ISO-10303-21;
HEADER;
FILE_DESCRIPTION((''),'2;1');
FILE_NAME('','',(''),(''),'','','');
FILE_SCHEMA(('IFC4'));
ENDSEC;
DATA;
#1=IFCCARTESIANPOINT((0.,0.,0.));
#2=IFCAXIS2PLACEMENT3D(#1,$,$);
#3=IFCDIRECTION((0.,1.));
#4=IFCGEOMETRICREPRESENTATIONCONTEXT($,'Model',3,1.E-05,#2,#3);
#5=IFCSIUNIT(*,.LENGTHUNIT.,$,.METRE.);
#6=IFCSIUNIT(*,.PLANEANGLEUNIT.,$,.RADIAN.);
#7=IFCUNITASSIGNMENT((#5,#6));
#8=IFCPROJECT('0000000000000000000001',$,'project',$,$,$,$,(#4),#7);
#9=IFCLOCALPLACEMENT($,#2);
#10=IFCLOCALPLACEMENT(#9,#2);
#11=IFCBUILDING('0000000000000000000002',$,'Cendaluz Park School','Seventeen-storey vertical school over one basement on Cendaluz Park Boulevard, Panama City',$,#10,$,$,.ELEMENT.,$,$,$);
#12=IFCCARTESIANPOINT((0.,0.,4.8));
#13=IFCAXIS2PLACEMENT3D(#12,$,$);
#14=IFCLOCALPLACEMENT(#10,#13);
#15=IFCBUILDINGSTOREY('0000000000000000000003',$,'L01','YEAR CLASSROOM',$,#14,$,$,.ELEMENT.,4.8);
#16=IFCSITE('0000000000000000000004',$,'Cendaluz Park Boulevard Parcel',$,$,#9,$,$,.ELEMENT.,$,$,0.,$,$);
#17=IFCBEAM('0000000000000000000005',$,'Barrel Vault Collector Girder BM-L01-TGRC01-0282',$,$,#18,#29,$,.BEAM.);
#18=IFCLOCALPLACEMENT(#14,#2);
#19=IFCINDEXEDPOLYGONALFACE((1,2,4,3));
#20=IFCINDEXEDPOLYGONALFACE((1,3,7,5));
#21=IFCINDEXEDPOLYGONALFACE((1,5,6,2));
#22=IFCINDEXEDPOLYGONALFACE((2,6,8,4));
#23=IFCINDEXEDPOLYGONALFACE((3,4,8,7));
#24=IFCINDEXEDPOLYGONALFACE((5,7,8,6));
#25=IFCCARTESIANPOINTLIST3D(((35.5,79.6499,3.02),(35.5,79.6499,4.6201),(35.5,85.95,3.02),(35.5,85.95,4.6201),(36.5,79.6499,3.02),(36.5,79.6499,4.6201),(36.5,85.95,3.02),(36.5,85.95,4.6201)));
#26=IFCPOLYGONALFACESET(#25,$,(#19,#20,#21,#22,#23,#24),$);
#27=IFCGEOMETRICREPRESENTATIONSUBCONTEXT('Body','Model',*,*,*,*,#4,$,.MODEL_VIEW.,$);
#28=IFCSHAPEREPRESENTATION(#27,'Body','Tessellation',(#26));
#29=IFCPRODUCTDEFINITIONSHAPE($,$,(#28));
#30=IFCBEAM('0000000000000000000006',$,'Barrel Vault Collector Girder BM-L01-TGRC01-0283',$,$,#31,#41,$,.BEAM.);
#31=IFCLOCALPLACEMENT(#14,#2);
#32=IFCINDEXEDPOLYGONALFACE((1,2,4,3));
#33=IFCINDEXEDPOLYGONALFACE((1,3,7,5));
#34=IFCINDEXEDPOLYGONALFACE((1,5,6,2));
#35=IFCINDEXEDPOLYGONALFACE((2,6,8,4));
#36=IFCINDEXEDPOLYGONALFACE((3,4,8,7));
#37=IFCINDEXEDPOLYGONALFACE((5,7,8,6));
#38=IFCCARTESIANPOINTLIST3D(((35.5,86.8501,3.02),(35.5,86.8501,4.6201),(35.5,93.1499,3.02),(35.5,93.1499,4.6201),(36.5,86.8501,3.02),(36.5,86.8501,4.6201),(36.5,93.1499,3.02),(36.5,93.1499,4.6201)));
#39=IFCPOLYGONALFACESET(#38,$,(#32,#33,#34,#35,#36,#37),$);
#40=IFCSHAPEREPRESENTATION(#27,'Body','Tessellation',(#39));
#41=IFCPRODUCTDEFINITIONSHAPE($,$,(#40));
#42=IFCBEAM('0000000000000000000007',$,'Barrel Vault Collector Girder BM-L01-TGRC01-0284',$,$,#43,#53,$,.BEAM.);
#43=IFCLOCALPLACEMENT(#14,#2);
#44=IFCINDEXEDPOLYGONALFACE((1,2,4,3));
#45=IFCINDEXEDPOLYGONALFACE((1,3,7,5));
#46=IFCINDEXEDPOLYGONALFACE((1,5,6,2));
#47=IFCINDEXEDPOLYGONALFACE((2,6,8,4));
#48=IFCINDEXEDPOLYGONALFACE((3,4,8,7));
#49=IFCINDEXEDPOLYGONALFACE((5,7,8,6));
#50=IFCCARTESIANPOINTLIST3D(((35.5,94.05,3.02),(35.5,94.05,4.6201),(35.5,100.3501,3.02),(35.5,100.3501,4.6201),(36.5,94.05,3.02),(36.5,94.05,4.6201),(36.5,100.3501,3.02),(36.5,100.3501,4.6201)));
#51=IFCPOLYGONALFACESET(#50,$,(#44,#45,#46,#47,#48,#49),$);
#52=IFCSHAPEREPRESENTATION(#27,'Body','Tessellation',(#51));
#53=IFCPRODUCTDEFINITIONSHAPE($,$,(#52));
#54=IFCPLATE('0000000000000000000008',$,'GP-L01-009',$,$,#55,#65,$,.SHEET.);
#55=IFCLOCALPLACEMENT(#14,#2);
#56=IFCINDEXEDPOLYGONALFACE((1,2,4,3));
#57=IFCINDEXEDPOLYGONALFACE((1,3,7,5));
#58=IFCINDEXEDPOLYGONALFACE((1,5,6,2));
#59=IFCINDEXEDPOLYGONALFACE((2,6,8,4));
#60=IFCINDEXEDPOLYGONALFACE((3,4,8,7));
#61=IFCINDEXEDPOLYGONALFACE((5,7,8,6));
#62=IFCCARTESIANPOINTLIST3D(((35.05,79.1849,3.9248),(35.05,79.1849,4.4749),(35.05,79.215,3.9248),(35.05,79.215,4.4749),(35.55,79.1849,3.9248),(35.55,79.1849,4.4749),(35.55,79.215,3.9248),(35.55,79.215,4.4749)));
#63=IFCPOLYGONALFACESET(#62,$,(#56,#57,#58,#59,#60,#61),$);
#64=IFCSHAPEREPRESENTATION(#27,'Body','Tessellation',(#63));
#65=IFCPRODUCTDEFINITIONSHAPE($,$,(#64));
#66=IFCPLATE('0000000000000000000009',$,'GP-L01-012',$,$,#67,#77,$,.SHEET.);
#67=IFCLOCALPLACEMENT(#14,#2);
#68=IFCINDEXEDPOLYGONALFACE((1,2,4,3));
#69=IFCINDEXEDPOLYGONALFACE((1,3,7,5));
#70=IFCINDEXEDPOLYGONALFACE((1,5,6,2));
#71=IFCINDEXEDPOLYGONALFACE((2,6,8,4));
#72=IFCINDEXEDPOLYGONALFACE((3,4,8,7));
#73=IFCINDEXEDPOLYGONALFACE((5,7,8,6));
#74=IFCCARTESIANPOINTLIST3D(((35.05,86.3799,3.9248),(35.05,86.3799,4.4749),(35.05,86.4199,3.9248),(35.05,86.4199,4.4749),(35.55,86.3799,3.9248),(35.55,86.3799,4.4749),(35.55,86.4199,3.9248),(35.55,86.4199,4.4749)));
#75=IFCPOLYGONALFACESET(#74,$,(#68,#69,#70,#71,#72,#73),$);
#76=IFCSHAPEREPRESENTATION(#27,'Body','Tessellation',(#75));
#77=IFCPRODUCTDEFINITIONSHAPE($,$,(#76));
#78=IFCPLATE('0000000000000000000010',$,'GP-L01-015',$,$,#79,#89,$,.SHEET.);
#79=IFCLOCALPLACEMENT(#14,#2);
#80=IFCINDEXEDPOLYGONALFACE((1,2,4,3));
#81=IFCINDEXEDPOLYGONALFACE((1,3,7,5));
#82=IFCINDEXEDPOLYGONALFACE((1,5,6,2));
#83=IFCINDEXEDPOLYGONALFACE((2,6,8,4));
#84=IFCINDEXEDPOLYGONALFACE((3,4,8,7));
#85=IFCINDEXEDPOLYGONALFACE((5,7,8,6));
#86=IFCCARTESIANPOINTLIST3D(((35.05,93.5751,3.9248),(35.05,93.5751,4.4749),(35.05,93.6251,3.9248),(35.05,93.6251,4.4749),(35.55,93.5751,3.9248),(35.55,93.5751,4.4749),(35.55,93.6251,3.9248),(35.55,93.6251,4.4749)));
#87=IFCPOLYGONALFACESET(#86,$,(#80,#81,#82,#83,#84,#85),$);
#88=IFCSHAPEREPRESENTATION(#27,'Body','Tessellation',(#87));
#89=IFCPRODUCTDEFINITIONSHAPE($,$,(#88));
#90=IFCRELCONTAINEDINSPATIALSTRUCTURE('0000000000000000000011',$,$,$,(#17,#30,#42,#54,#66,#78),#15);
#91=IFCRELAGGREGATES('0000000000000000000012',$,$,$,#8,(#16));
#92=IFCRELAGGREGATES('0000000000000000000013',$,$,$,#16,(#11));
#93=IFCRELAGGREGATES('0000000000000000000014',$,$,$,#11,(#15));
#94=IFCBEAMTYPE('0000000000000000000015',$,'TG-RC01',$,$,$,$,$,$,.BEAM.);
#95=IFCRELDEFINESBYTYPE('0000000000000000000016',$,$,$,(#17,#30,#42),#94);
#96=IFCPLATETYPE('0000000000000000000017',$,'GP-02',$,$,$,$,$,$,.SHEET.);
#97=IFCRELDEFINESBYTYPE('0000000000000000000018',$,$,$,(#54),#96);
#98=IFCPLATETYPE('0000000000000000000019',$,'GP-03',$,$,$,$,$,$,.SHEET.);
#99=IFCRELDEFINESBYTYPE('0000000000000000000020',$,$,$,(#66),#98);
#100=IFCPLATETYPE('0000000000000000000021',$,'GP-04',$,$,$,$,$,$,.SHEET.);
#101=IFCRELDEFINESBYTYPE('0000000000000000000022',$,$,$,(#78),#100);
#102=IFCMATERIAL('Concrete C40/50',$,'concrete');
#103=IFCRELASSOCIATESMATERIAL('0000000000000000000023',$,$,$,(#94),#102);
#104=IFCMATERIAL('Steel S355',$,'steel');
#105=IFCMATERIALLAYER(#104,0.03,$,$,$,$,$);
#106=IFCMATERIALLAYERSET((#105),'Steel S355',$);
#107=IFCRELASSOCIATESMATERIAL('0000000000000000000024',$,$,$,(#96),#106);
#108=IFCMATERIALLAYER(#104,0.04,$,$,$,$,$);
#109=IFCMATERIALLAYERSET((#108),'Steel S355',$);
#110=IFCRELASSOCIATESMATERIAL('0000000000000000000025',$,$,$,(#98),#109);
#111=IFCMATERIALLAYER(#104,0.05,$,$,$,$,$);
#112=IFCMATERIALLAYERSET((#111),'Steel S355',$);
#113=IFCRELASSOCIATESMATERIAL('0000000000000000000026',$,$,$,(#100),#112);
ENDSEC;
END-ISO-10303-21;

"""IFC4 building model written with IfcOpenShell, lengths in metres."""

from ifc_helpers import new_model, si_unit, direction, frame, origin, origin_2d, place, context, subcontext, project, spatial, rectangle, extrude, material, layer, layer_set, material_profile, profile_set, type_object, element, save


model = new_model("IFC4")

# Units and contexts
model_context = context("Model", 3, precision=1e-05, world=origin(), true_north=direction((0.0, 1.0)))
body_context = subcontext(model_context, "Body", "Model", "MODEL_VIEW")
ifc_project = project(units=[si_unit("LENGTHUNIT", "METRE"), si_unit("PLANEANGLEUNIT", "RADIAN")], contexts=[model_context])

# Site, building, storey
site_placement = place(None, origin())
site = spatial("IfcSite", under=ifc_project, at=site_placement, Name="Cendaluz Park Boulevard Parcel", CompositionType="ELEMENT", RefElevation=0.0)
building_placement = place(site_placement, origin())
building = spatial("IfcBuilding", under=site, at=building_placement, Name="Cendaluz Park School", Description="Seventeen-storey vertical school over one basement on Cendaluz Park Boulevard, Panama City", CompositionType="ELEMENT")
storey_placement = place(building_placement, frame((0.0, 0.0, 4.8)))
storey = spatial("IfcBuildingStorey", under=building, at=storey_placement, Name="L01", Description="YEAR CLASSROOM", CompositionType="ELEMENT", Elevation=4.8)

# Shared definitions
ifc_material_1 = material(Name="Concrete C40/50", Category="concrete")

# Shared definitions
ifc_material_2 = material(Name="Steel S355", Category="steel")

# Beams
ifc_material_profile_1 = material_profile(ifc_material_1, rectangle(XDim=1.0, YDim=1.6001, at=origin_2d()), Name="RC 1000x1600", Category="concrete")
ifc_profile_set_1 = profile_set([ifc_material_profile_1], Name="Concrete C40/50")
beam_type_1 = type_object("IfcBeamType", Name="TG-RC01", PredefinedType="BEAM", material=ifc_profile_set_1)
for number, where, z_axis, x_axis, name in (
    (1, (36.0, 79.6499, 3.8201), (0.0, 1.0, 0.0), (-1.0, 0.0, 0.0), "Barrel Vault Collector Girder BM-L01-TGRC01-0282"),
):
    element("IfcBeam", number, at=place(storey_placement, frame(where, z_axis=z_axis, x_axis=x_axis)), inside=storey, type_object=beam_type_1, Name=name, PredefinedType="BEAM", context=body_context, shape_type="SweptSolid", body=[
        extrude(rectangle(XDim=1.0, YDim=1.6001, at=origin_2d()), origin(), (0.0, 0.0, 1.0), 6.3),
    ])
beam_1_placement = place(storey_placement, frame((36.0, 86.8501, 3.8201), z_axis=(0.0, 1.0, 0.0), x_axis=(-1.0, 0.0, 0.0)))
element("IfcBeam", 2, at=beam_1_placement, inside=storey, type_object=beam_type_1, Name="Barrel Vault Collector Girder BM-L01-TGRC01-0283", PredefinedType="BEAM", context=body_context, shape_type="SweptSolid", body=[
    extrude(rectangle(XDim=1.0, YDim=1.6001, at=origin_2d()), origin(), (0.0, 0.0, 1.0), 6.2998),
])
beam_2_placement = place(storey_placement, frame((36.0, 94.05, 3.8201), z_axis=(0.0, 1.0, 0.0), x_axis=(-1.0, 0.0, 0.0)))
element("IfcBeam", 3, at=beam_2_placement, inside=storey, type_object=beam_type_1, Name="Barrel Vault Collector Girder BM-L01-TGRC01-0284", PredefinedType="BEAM", context=body_context, shape_type="SweptSolid", body=[
    extrude(rectangle(XDim=1.0, YDim=1.6001, at=origin_2d()), origin(), (0.0, 0.0, 1.0), 6.3),
])

# Plates
ifc_layer_1 = layer(ifc_material_2, 0.03)
ifc_layer_set_1 = layer_set([ifc_layer_1], Name="Steel S355")
plate_type_1 = type_object("IfcPlateType", Name="GP-02", PredefinedType="SHEET", material=ifc_layer_set_1)
plate_1_placement = place(storey_placement, frame((35.3, 79.2, 3.9248), z_axis=(0.0, 0.0, 1.0), x_axis=(1.0, 0.0, 0.0)))
element("IfcPlate", 4, at=plate_1_placement, inside=storey, type_object=plate_type_1, Name="GP-L01-009", PredefinedType="SHEET", context=body_context, shape_type="SweptSolid", body=[
    extrude(rectangle(XDim=0.5, YDim=0.03, at=origin_2d()), origin(), (0.0, 0.0, 1.0), 0.55),
])
ifc_layer_2 = layer(ifc_material_2, 0.04)
ifc_layer_set_2 = layer_set([ifc_layer_2], Name="Steel S355")
plate_type_2 = type_object("IfcPlateType", Name="GP-03", PredefinedType="SHEET", material=ifc_layer_set_2)
plate_2_placement = place(storey_placement, frame((35.3, 86.3999, 3.9248), z_axis=(0.0, 0.0, 1.0), x_axis=(1.0, 0.0, 0.0)))
element("IfcPlate", 5, at=plate_2_placement, inside=storey, type_object=plate_type_2, Name="GP-L01-012", PredefinedType="SHEET", context=body_context, shape_type="SweptSolid", body=[
    extrude(rectangle(XDim=0.5, YDim=0.04, at=origin_2d()), origin(), (0.0, 0.0, 1.0), 0.55),
])
ifc_layer_3 = layer(ifc_material_2, 0.05)
ifc_layer_set_3 = layer_set([ifc_layer_3], Name="Steel S355")
plate_type_3 = type_object("IfcPlateType", Name="GP-04", PredefinedType="SHEET", material=ifc_layer_set_3)
plate_3_placement = place(storey_placement, frame((35.3, 93.6001, 3.9248), z_axis=(0.0, 0.0, 1.0), x_axis=(1.0, 0.0, 0.0)))
element("IfcPlate", 6, at=plate_3_placement, inside=storey, type_object=plate_type_3, Name="GP-L01-015", PredefinedType="SHEET", context=body_context, shape_type="SweptSolid", body=[
    extrude(rectangle(XDim=0.5, YDim=0.05, at=origin_2d()), origin(), (0.0, 0.0, 1.0), 0.55),
])

save(model, "model.ifc")
